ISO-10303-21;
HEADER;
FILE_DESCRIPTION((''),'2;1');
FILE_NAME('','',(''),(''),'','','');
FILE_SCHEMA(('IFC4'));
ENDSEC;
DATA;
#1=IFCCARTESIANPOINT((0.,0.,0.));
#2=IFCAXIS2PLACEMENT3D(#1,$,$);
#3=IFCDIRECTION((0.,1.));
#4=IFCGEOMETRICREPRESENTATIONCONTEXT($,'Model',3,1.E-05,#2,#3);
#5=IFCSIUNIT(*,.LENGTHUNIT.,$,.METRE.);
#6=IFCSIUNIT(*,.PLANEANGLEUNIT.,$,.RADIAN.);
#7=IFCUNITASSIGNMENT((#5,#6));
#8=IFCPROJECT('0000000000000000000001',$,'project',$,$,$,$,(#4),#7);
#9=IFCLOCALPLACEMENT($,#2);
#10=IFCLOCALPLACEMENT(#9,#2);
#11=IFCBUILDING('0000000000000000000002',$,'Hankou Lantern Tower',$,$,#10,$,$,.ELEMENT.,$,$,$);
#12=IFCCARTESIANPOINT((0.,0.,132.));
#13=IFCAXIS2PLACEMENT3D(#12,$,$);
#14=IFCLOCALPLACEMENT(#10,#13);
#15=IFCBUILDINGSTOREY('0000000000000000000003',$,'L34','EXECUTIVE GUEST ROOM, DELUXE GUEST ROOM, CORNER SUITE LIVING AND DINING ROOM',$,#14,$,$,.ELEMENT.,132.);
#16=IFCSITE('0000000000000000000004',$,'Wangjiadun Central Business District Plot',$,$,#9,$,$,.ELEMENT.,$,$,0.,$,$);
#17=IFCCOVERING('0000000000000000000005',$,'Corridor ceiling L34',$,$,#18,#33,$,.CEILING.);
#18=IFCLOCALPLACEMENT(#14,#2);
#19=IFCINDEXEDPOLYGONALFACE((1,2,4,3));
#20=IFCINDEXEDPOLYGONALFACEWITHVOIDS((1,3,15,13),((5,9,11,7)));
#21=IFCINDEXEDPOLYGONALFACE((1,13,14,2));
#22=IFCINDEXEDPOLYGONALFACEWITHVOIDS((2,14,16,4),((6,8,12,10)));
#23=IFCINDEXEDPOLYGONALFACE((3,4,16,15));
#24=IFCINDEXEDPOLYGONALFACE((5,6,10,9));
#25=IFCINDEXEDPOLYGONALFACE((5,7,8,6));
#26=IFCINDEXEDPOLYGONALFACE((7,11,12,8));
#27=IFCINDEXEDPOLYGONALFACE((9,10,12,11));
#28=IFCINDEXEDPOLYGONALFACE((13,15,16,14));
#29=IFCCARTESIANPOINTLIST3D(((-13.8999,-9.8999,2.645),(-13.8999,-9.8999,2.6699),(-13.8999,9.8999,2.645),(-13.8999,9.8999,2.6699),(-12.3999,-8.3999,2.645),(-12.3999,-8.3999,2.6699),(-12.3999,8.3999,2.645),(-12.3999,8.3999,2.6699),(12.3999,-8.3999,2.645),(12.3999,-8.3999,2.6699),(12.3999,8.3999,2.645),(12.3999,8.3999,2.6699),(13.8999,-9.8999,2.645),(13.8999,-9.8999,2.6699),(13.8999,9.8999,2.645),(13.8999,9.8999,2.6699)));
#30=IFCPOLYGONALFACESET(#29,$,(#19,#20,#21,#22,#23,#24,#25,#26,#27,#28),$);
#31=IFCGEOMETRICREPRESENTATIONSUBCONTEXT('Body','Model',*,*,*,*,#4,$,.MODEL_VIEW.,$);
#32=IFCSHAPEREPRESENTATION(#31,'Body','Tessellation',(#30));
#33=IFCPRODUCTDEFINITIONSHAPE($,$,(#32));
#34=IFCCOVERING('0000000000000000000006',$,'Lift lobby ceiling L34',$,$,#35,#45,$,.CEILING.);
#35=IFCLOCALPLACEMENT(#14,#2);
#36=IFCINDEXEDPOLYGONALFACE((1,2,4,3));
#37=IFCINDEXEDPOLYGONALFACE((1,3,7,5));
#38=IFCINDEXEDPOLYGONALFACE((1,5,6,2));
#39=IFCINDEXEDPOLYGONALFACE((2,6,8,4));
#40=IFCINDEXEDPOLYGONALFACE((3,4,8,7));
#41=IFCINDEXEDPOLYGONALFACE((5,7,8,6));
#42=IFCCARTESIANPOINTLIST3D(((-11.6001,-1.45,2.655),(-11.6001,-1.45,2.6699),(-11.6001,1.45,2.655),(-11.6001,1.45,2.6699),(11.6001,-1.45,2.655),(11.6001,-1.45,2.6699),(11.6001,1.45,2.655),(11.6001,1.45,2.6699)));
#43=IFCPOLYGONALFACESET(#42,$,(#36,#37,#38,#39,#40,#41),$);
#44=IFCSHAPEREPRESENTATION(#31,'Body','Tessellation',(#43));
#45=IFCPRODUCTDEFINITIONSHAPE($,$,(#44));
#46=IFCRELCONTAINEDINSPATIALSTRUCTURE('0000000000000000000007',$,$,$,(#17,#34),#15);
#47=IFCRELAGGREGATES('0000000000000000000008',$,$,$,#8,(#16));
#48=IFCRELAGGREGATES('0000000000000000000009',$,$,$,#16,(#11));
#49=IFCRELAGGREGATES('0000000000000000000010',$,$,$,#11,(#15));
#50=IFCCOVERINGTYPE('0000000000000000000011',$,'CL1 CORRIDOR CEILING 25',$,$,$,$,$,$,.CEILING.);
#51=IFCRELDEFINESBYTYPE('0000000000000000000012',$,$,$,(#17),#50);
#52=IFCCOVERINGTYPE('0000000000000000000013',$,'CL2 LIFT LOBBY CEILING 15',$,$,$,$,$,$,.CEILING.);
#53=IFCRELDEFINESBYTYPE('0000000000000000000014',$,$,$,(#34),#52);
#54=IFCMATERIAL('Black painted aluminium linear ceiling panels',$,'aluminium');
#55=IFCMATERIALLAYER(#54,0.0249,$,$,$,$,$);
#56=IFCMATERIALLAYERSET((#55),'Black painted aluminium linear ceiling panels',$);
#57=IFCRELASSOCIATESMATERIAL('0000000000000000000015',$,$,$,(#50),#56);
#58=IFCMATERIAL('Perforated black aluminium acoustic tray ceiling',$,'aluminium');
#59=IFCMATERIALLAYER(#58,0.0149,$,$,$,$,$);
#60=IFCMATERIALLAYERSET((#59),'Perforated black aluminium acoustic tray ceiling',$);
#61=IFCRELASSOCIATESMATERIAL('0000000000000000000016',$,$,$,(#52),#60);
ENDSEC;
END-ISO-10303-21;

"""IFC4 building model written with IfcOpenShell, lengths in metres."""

from ifc_helpers import new_model, si_unit, direction, frame, origin, place, context, subcontext, project, spatial, polyline, outline, extrude, material, layer, layer_set, type_object, element, save


model = new_model("IFC4")

# Units and contexts
model_context = context("Model", 3, precision=1e-05, world=origin(), true_north=direction((0.0, 1.0)))
body_context = subcontext(model_context, "Body", "Model", "MODEL_VIEW")
ifc_project = project(units=[si_unit("LENGTHUNIT", "METRE"), si_unit("PLANEANGLEUNIT", "RADIAN")], contexts=[model_context])

# Site, building, storey
site_placement = place(None, origin())
site = spatial("IfcSite", under=ifc_project, at=site_placement, Name="Wangjiadun Central Business District Plot", CompositionType="ELEMENT", RefElevation=0.0)
building_placement = place(site_placement, origin())
building = spatial("IfcBuilding", under=site, at=building_placement, Name="Hankou Lantern Tower", CompositionType="ELEMENT")
storey_placement = place(building_placement, frame((0.0, 0.0, 132.0)))
storey = spatial("IfcBuildingStorey", under=building, at=storey_placement, Name="L34", Description="EXECUTIVE GUEST ROOM, DELUXE GUEST ROOM, CORNER SUITE LIVING AND DINING ROOM", CompositionType="ELEMENT", Elevation=132.0)

# Coverings
ifc_material_1 = material(Name="Black painted aluminium linear ceiling panels", Category="aluminium")
ifc_layer_1 = layer(ifc_material_1, 0.0249)
ifc_layer_set_1 = layer_set([ifc_layer_1], Name="Black painted aluminium linear ceiling panels")
covering_type_1 = type_object("IfcCoveringType", Name="CL1 CORRIDOR CEILING 25", PredefinedType="CEILING", material=ifc_layer_set_1)
covering_1_placement = place(storey_placement, frame((0.0, 0.0, 2.645)))
element("IfcCovering", 1, at=covering_1_placement, inside=storey, type_object=covering_type_1, Name="Corridor ceiling L34", PredefinedType="CEILING", context=body_context, shape_type="SweptSolid", body=[
    extrude(outline(polyline([(-13.8999, -9.8999), (13.8999, -9.8999), (13.8999, 9.8999), (-13.8999, 9.8999), (-13.8999, -9.8999)]), holes=[polyline([(-12.3999, 8.3999), (12.3999, 8.3999), (12.3999, -8.3999), (-12.3999, -8.3999), (-12.3999, 8.3999)])]), origin(), (0.0, 0.0, 1.0), 0.0249),
])
ifc_material_2 = material(Name="Perforated black aluminium acoustic tray ceiling", Category="aluminium")
ifc_layer_2 = layer(ifc_material_2, 0.0149)
ifc_layer_set_2 = layer_set([ifc_layer_2], Name="Perforated black aluminium acoustic tray ceiling")
covering_type_2 = type_object("IfcCoveringType", Name="CL2 LIFT LOBBY CEILING 15", PredefinedType="CEILING", material=ifc_layer_set_2)
covering_2_placement = place(storey_placement, frame((0.0, 0.0, 2.655)))
element("IfcCovering", 2, at=covering_2_placement, inside=storey, type_object=covering_type_2, Name="Lift lobby ceiling L34", PredefinedType="CEILING", context=body_context, shape_type="SweptSolid", body=[
    extrude(outline(polyline([(-11.6001, -1.45), (11.6001, -1.45), (11.6001, 1.45), (-11.6001, 1.45), (-11.6001, -1.45)])), origin(), (0.0, 0.0, 1.0), 0.0149),
])

save(model, "model.ifc")
